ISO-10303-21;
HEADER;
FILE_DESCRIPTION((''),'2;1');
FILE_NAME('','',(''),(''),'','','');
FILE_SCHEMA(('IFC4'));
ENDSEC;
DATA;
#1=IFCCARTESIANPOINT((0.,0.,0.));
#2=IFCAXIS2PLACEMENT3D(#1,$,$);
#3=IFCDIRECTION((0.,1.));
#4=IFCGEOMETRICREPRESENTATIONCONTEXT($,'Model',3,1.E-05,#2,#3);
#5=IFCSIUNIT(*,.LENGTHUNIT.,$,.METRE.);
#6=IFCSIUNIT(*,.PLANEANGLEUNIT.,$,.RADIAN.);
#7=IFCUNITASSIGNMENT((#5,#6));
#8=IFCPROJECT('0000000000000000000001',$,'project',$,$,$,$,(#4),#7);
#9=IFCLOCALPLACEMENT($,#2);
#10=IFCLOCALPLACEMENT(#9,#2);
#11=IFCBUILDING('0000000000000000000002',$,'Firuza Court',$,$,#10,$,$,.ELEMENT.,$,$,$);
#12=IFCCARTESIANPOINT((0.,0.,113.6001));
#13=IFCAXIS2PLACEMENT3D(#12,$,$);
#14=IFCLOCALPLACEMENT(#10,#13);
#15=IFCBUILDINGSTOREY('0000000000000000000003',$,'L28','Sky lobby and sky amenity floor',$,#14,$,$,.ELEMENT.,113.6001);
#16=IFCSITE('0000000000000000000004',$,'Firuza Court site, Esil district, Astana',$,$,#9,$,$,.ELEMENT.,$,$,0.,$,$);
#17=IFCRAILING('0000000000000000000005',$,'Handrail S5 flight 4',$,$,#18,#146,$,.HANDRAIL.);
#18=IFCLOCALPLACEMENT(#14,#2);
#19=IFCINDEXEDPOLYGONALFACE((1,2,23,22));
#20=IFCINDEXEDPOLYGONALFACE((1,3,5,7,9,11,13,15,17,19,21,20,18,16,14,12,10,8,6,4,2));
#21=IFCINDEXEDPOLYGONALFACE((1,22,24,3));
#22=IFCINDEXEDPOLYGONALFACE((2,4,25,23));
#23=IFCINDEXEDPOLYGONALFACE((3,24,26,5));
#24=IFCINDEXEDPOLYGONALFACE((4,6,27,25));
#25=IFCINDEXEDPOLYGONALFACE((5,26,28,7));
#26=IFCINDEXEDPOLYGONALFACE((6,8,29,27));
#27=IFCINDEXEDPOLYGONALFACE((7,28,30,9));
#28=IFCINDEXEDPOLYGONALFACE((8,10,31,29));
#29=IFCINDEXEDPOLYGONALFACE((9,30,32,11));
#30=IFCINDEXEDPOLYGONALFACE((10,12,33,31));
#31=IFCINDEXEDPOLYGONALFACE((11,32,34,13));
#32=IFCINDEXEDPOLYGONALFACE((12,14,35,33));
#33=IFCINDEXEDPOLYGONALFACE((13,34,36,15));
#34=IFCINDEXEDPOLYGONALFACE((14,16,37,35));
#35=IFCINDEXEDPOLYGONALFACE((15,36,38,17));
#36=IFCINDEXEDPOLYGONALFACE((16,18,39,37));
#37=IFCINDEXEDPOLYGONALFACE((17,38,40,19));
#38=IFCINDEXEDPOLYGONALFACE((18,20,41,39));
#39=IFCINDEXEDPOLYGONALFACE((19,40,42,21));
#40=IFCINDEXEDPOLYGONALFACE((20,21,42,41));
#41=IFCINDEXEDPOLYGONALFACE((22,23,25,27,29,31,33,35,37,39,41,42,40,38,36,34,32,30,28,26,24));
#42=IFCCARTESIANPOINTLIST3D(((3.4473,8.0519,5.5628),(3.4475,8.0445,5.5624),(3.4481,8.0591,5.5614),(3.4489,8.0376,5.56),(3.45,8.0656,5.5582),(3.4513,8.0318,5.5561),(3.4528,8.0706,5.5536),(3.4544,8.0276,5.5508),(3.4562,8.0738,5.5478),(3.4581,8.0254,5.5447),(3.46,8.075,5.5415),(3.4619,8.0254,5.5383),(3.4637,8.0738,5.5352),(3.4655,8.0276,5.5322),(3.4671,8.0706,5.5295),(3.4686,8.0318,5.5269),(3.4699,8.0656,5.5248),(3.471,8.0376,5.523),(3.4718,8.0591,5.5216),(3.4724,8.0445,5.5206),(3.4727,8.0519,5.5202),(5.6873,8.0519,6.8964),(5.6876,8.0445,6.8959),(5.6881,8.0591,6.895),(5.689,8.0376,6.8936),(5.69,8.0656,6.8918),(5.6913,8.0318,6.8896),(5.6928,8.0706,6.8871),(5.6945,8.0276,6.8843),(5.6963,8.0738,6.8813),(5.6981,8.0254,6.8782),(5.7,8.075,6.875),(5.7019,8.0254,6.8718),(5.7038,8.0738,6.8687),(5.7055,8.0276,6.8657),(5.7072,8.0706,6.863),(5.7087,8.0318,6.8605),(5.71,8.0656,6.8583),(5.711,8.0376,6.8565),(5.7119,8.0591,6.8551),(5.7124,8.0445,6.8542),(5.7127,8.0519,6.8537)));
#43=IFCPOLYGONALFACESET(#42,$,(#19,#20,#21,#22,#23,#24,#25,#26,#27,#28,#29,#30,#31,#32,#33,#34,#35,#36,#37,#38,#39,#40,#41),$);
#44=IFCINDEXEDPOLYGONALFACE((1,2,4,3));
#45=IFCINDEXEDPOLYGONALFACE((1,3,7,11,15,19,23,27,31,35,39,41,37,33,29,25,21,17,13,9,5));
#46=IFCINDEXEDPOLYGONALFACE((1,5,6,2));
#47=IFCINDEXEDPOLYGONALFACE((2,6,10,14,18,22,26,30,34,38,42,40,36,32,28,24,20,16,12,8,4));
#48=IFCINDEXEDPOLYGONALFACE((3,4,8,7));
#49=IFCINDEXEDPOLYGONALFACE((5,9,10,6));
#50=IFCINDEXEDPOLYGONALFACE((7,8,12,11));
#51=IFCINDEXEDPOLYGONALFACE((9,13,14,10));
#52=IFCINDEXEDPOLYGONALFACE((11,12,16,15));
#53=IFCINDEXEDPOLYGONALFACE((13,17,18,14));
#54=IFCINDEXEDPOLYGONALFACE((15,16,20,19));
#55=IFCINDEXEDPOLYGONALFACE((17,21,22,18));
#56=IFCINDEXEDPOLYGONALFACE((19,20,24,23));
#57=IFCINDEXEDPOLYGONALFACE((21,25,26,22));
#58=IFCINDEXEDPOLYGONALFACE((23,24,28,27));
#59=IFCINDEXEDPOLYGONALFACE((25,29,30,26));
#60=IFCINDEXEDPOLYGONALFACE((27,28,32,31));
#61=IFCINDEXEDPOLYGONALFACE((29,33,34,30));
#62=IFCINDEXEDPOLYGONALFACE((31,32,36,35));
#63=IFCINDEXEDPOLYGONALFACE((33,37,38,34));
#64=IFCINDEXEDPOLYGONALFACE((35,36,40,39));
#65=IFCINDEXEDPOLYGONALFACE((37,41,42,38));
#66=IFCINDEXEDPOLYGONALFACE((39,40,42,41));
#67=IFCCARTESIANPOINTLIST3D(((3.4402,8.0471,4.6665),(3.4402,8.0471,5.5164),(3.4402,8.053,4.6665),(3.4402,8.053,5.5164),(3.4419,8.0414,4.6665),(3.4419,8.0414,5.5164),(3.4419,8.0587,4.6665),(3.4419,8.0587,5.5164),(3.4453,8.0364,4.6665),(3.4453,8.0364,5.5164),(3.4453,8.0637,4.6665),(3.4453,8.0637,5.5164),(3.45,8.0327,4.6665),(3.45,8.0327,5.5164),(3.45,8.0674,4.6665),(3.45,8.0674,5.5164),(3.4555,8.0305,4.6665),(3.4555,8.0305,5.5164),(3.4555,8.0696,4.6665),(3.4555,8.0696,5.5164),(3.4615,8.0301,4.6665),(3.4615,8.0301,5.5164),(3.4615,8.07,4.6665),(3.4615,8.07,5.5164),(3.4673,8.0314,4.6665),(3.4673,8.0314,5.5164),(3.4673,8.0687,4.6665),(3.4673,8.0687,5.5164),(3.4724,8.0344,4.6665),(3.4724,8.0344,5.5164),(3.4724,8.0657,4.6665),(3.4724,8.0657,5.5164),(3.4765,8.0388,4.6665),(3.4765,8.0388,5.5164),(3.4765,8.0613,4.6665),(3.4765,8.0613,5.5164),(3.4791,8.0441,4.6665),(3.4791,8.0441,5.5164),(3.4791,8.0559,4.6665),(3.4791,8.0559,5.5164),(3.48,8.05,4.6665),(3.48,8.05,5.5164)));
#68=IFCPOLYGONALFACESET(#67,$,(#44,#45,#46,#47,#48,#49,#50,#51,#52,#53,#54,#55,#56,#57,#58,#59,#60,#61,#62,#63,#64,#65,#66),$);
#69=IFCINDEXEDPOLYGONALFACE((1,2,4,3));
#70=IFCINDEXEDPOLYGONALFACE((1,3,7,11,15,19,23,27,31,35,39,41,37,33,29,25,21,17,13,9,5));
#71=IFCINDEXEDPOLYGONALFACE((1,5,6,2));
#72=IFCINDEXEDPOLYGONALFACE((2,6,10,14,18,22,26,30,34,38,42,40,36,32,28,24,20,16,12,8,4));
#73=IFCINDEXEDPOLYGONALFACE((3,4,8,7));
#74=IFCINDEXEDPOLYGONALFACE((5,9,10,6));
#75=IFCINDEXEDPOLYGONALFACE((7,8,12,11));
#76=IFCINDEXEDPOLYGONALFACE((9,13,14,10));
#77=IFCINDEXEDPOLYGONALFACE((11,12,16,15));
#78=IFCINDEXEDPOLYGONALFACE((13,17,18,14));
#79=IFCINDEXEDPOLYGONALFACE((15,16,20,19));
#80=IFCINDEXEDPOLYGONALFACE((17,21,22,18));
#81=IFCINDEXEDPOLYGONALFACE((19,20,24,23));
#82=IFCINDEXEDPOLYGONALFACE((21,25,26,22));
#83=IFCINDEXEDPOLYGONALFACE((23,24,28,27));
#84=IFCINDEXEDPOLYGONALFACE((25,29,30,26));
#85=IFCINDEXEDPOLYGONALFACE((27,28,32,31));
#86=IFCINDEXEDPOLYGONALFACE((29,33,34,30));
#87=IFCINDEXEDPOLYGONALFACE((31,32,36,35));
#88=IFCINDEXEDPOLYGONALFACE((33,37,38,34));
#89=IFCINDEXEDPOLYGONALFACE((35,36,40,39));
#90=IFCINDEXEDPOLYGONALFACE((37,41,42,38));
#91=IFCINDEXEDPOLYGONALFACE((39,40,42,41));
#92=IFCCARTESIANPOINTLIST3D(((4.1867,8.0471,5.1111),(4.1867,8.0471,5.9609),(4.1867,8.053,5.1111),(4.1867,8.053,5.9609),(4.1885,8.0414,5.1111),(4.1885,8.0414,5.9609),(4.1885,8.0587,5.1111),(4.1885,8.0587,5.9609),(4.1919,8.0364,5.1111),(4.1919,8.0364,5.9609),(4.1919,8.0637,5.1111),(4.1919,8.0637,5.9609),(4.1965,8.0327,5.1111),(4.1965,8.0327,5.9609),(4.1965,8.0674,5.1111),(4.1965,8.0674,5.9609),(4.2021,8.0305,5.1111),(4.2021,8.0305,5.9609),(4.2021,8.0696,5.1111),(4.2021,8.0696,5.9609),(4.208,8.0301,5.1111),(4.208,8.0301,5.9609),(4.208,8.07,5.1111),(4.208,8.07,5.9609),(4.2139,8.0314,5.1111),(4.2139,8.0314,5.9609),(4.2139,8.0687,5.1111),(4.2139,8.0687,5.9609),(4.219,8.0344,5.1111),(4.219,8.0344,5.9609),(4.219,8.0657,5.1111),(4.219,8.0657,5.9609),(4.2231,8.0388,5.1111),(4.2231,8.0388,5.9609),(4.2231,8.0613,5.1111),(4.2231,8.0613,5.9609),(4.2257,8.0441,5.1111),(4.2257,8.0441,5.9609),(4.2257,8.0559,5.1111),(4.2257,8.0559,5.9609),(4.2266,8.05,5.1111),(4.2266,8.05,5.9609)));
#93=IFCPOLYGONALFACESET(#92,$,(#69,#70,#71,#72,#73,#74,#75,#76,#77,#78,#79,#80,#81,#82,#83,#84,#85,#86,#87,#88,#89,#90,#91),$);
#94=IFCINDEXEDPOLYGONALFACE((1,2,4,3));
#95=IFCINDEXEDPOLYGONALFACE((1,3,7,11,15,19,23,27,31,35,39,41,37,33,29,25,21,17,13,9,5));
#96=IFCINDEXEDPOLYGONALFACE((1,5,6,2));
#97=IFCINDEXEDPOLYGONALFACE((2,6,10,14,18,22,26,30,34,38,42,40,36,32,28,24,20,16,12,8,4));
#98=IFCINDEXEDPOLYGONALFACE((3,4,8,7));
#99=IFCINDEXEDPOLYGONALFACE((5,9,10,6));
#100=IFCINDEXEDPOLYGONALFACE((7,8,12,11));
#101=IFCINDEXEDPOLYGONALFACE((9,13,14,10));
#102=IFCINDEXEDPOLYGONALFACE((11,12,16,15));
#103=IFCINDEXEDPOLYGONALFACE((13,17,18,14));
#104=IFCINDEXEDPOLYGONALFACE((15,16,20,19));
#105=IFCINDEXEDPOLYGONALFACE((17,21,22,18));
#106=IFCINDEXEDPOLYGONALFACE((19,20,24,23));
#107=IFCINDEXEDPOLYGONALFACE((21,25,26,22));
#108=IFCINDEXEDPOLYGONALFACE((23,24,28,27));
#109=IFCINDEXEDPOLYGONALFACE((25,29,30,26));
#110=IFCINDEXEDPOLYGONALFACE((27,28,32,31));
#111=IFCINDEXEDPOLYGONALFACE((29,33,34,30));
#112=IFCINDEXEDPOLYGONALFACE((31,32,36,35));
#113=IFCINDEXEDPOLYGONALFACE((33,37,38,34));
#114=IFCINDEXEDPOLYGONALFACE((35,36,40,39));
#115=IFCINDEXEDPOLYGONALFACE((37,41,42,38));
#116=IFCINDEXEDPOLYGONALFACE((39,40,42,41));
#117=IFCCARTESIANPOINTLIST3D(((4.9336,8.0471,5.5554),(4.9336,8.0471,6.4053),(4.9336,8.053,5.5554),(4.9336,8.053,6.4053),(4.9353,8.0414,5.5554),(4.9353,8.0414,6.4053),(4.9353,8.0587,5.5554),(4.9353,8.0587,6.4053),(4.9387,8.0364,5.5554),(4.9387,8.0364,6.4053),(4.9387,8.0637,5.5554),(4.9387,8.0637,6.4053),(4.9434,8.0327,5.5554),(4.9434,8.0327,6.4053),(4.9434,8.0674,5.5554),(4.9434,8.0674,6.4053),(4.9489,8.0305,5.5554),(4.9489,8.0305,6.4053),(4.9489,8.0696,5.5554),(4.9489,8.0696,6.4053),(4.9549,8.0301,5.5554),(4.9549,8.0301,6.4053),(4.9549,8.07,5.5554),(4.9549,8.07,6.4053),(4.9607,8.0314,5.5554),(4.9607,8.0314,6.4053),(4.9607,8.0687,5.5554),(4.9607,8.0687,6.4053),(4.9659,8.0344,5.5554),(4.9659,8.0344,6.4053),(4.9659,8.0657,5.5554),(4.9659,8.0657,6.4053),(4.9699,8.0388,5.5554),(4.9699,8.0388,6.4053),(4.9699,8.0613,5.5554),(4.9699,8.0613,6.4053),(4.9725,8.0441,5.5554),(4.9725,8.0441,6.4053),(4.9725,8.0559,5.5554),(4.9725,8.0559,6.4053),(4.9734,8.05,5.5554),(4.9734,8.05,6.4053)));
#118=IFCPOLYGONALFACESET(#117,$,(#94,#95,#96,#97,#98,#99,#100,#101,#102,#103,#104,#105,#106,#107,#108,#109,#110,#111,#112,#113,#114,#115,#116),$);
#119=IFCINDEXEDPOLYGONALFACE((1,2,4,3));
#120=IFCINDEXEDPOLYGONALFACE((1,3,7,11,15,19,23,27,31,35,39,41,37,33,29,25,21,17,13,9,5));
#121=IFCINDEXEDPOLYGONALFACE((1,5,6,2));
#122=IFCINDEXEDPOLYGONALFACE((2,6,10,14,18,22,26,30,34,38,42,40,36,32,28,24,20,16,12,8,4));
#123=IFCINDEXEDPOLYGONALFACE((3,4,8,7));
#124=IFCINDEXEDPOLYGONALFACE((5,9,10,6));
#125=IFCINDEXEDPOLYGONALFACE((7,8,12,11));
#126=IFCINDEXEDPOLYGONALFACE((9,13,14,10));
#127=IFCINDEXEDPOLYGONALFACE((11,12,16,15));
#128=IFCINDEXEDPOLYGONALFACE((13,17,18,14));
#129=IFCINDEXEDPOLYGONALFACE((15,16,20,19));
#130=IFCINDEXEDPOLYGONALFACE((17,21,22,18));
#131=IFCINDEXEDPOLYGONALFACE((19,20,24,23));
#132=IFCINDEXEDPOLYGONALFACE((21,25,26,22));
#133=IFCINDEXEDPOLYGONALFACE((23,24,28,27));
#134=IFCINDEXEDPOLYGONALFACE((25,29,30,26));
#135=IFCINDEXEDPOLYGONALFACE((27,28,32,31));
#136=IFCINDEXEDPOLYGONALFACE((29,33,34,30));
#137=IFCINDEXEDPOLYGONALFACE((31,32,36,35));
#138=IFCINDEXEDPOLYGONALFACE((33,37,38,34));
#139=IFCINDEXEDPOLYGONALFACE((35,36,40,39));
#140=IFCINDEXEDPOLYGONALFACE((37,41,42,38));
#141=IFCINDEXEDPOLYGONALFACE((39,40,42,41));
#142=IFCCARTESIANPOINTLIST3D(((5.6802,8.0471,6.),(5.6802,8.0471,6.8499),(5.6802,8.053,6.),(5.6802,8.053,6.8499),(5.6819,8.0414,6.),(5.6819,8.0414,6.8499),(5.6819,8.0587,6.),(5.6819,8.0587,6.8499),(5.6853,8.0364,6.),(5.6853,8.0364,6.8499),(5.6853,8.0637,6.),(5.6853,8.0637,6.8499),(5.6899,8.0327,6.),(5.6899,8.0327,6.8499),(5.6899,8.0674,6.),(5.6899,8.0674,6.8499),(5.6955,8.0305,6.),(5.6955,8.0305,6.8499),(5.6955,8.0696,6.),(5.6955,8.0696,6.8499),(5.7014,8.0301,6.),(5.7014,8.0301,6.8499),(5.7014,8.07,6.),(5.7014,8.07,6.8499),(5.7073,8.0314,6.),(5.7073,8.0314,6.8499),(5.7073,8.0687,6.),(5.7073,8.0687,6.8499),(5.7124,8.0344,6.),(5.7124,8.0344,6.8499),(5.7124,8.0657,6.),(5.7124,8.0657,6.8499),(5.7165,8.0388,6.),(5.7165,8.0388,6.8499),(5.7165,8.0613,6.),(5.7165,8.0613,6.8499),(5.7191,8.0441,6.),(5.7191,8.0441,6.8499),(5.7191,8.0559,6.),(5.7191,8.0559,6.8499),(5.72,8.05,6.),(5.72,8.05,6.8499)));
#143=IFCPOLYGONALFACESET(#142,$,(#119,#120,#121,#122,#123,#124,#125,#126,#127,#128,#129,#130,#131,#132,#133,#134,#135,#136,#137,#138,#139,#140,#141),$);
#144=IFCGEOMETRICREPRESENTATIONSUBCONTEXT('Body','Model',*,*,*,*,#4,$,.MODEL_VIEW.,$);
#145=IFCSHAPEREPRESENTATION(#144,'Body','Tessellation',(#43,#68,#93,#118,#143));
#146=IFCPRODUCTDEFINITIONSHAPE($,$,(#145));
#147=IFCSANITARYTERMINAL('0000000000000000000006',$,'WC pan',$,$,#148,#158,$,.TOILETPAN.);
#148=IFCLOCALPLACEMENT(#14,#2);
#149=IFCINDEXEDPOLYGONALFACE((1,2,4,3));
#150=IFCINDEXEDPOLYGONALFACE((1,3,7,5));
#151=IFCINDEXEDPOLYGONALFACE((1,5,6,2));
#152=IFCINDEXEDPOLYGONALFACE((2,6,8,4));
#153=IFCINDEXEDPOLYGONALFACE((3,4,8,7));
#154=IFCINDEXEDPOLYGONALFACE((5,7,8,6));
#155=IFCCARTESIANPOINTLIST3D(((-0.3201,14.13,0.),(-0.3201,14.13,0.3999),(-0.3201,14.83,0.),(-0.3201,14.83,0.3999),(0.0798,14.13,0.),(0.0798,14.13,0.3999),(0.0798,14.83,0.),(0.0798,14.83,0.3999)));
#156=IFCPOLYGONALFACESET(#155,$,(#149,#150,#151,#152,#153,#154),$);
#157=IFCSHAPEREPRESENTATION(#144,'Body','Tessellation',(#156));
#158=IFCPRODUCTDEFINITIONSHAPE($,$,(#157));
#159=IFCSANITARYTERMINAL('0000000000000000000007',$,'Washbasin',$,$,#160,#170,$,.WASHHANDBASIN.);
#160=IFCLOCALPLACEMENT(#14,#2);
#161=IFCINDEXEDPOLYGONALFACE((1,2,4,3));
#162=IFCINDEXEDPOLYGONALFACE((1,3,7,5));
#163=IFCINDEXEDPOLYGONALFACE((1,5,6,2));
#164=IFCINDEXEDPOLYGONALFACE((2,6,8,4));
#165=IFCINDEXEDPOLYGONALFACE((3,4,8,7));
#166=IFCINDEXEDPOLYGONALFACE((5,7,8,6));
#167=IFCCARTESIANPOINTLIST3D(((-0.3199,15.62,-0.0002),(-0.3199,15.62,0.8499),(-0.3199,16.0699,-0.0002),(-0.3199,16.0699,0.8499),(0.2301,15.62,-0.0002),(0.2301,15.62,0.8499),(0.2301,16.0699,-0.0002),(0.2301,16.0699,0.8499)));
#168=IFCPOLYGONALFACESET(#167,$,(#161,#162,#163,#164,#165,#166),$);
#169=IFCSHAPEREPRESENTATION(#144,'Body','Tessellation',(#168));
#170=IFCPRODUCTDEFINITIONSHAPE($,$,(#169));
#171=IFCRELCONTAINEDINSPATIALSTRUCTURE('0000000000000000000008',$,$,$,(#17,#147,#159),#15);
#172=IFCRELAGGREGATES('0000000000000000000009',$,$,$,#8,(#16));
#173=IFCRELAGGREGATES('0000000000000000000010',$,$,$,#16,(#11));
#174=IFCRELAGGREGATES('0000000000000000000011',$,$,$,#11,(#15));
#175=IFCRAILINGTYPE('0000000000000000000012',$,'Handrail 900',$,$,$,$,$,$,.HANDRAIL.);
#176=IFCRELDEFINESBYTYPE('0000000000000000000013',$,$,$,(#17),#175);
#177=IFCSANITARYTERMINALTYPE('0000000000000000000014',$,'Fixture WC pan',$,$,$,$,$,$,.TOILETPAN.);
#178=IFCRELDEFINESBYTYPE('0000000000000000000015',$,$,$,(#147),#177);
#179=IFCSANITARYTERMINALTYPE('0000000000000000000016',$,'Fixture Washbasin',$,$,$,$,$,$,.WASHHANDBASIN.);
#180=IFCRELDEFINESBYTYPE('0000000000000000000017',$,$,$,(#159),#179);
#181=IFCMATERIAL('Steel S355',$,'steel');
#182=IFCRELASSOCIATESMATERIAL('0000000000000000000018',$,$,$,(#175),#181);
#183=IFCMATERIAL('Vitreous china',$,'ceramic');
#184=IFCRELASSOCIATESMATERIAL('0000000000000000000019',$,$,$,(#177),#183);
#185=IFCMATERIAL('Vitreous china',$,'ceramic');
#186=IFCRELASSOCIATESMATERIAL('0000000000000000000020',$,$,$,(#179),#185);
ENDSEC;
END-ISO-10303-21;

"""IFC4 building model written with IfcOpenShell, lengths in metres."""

from ifc_helpers import new_model, si_unit, direction, frame, origin, origin_2d, place, context, subcontext, project, spatial, rectangle, circle, extrude, material, type_object, element, save


model = new_model("IFC4")

# Units and contexts
model_context = context("Model", 3, precision=1e-05, world=origin(), true_north=direction((0.0, 1.0)))
body_context = subcontext(model_context, "Body", "Model", "MODEL_VIEW")
ifc_project = project(units=[si_unit("LENGTHUNIT", "METRE"), si_unit("PLANEANGLEUNIT", "RADIAN")], contexts=[model_context])

# Site, building, storey
site_placement = place(None, origin())
site = spatial("IfcSite", under=ifc_project, at=site_placement, Name="Firuza Court site, Esil district, Astana", CompositionType="ELEMENT", RefElevation=0.0)
building_placement = place(site_placement, origin())
building = spatial("IfcBuilding", under=site, at=building_placement, Name="Firuza Court", CompositionType="ELEMENT")
storey_placement = place(building_placement, frame((0.0, 0.0, 113.6001)))
storey = spatial("IfcBuildingStorey", under=building, at=storey_placement, Name="L28", Description="Sky lobby and sky amenity floor", CompositionType="ELEMENT", Elevation=113.6001)

# Railing
ifc_material_1 = material(Name="Steel S355", Category="steel")
railing_type_1 = type_object("IfcRailingType", Name="Handrail 900", PredefinedType="HANDRAIL", material=ifc_material_1)
railing_1_placement = place(storey_placement, frame((3.46, 8.05, 4.6665)))
element("IfcRailing", 1, at=railing_1_placement, inside=storey, type_object=railing_type_1, Name="Handrail S5 flight 4", PredefinedType="HANDRAIL", context=body_context, shape_type="SweptSolid", body=[
    extrude(circle(Radius=0.0249, at=origin_2d()), frame((0.0, 0.0, 0.875), z_axis=(0.859264, 0.0, 0.511532), x_axis=(0.0, 1.0, 0.0)), (0.0, 0.0, 1.0), 2.6069),
    extrude(circle(Radius=0.02, at=origin_2d()), origin(), (0.0, 0.0, 1.0), 0.8499),
    extrude(circle(Radius=0.02, at=origin_2d()), frame((0.7466, 0.0, 0.4446)), (0.0, 0.0, 1.0), 0.8499),
    extrude(circle(Radius=0.02, at=origin_2d()), frame((1.4934, 0.0, 0.8889)), (0.0, 0.0, 1.0), 0.8499),
    extrude(circle(Radius=0.02, at=origin_2d()), frame((2.24, 0.0, 1.3335)), (0.0, 0.0, 1.0), 0.8499),
])

# Sanitary terminals
ifc_material_2 = material(Name="Vitreous china", Category="ceramic")
sanitary_terminal_type_1 = type_object("IfcSanitaryTerminalType", Name="Fixture WC pan", PredefinedType="TOILETPAN", material=ifc_material_2)
sanitary_terminal_1_placement = place(storey_placement, frame((-0.1201, 14.48, 0.0), z_axis=(0.0, 0.0, 1.0), x_axis=(1.0, 0.0, 0.0)))
element("IfcSanitaryTerminal", 2, at=sanitary_terminal_1_placement, inside=storey, type_object=sanitary_terminal_type_1, Name="WC pan", PredefinedType="TOILETPAN", context=body_context, shape_type="SweptSolid", body=[
    extrude(rectangle(XDim=0.3999, YDim=0.7, at=origin_2d()), origin(), (0.0, 0.0, 1.0), 0.3999),
])
ifc_material_3 = material(Name="Vitreous china", Category="ceramic")
sanitary_terminal_type_2 = type_object("IfcSanitaryTerminalType", Name="Fixture Washbasin", PredefinedType="WASHHANDBASIN", material=ifc_material_3)
sanitary_terminal_2_placement = place(storey_placement, frame((-0.0449, 15.845, -0.0002), z_axis=(0.0, 0.0, 1.0), x_axis=(1.0, 0.0, 0.0)))
element("IfcSanitaryTerminal", 3, at=sanitary_terminal_2_placement, inside=storey, type_object=sanitary_terminal_type_2, Name="Washbasin", PredefinedType="WASHHANDBASIN", context=body_context, shape_type="SweptSolid", body=[
    extrude(rectangle(XDim=0.55, YDim=0.45, at=origin_2d()), origin(), (0.0, 0.0, 1.0), 0.8501),
])

save(model, "model.ifc")
